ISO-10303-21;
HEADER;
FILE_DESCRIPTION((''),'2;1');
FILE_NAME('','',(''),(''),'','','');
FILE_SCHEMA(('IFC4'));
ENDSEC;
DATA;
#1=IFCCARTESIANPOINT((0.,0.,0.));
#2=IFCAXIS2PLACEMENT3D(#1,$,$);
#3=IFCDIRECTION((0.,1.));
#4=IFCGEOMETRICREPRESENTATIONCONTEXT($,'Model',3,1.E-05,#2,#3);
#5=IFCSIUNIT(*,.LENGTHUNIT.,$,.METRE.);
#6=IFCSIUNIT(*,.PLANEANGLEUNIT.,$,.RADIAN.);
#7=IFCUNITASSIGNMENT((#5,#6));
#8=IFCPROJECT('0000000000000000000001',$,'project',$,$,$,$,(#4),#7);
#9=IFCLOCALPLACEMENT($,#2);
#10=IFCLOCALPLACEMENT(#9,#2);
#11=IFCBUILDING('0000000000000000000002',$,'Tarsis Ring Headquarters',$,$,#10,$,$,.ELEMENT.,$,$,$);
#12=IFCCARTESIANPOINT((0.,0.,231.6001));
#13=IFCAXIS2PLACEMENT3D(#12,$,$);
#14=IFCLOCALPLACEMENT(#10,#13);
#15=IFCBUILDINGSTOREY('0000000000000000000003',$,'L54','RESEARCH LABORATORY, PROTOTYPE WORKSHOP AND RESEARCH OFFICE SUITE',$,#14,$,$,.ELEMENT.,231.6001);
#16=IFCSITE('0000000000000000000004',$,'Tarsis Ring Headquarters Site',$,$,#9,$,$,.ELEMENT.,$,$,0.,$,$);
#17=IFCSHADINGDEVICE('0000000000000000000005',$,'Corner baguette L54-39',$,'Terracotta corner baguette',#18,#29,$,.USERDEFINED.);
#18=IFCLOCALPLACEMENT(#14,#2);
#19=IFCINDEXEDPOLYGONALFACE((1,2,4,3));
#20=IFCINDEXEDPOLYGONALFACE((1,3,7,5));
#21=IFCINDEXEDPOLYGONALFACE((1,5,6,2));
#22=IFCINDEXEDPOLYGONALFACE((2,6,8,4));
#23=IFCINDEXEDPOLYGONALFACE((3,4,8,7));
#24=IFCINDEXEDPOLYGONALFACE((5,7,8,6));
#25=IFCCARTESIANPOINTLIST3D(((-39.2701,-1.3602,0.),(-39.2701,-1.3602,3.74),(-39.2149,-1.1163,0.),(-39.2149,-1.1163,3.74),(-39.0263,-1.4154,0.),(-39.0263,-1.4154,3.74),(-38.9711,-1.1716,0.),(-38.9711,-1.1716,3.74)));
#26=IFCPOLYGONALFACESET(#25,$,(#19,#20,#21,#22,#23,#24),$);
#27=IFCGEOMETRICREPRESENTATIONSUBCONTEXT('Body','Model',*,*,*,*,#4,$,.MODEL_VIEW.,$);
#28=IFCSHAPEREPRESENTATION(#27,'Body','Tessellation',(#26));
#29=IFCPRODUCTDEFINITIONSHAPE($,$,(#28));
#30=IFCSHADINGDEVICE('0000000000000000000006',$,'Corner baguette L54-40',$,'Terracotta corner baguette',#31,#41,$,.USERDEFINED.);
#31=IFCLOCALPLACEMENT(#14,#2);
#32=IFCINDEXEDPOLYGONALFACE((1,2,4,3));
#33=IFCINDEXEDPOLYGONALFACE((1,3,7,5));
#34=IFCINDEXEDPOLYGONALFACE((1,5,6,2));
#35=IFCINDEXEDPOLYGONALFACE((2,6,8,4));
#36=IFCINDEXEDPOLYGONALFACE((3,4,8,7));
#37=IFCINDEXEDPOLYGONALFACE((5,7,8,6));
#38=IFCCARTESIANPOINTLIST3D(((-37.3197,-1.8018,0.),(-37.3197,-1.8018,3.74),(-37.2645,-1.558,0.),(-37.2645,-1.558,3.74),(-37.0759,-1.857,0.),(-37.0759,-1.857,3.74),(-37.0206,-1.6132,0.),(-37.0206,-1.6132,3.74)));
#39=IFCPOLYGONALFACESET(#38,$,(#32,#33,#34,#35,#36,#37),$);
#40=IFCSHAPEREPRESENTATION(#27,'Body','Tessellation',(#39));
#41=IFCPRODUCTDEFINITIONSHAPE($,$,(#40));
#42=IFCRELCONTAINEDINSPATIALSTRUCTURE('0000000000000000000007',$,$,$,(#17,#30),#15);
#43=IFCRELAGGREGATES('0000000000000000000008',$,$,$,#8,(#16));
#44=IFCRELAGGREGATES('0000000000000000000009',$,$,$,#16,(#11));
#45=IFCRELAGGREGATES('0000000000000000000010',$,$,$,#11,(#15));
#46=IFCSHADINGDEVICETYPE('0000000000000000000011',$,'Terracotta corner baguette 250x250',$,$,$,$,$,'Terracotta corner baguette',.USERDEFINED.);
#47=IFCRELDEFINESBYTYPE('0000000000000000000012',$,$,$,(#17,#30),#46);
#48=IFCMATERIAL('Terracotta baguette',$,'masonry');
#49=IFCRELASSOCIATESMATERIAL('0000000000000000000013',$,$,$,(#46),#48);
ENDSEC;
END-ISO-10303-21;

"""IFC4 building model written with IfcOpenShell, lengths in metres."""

from ifc_helpers import new_model, si_unit, direction, frame, origin, origin_2d, place, context, subcontext, project, spatial, rectangle, extrude, material, type_object, element, save


model = new_model("IFC4")

# Units and contexts
model_context = context("Model", 3, precision=1e-05, world=origin(), true_north=direction((0.0, 1.0)))
body_context = subcontext(model_context, "Body", "Model", "MODEL_VIEW")
ifc_project = project(units=[si_unit("LENGTHUNIT", "METRE"), si_unit("PLANEANGLEUNIT", "RADIAN")], contexts=[model_context])

# Site, building, storey
site_placement = place(None, origin())
site = spatial("IfcSite", under=ifc_project, at=site_placement, Name="Tarsis Ring Headquarters Site", CompositionType="ELEMENT", RefElevation=0.0)
building_placement = place(site_placement, origin())
building = spatial("IfcBuilding", under=site, at=building_placement, Name="Tarsis Ring Headquarters", CompositionType="ELEMENT")
storey_placement = place(building_placement, frame((0.0, 0.0, 231.6001)))
storey = spatial("IfcBuildingStorey", under=building, at=storey_placement, Name="L54", Description="RESEARCH LABORATORY, PROTOTYPE WORKSHOP AND RESEARCH OFFICE SUITE", CompositionType="ELEMENT", Elevation=231.6001)

# Shading devices
ifc_material_1 = material(Name="Terracotta baguette", Category="masonry")
shading_device_type_1 = type_object("IfcShadingDeviceType", Name="Terracotta corner baguette 250x250", ElementType="Terracotta corner baguette", PredefinedType="USERDEFINED", material=ifc_material_1)
for number, where, z_axis, x_axis, name in (
    (1, (-39.1206, -1.2659, 0.0), (0.0, 0.0, 1.0), (-0.220868, -0.975304, 0.0), "Corner baguette L54-39"),
    (2, (-37.1702, -1.7075, 0.0), (0.0, 0.0, 1.0), (0.975304, -0.220868, 0.0), "Corner baguette L54-40"),
):
    element("IfcShadingDevice", number, at=place(storey_placement, frame(where, z_axis=z_axis, x_axis=x_axis)), inside=storey, type_object=shading_device_type_1, Name=name, ObjectType="Terracotta corner baguette", PredefinedType="USERDEFINED", context=body_context, shape_type="SweptSolid", body=[
        extrude(rectangle(XDim=0.25, YDim=0.25, at=origin_2d()), origin(), (0.0, 0.0, 1.0), 3.74),
    ])

save(model, "model.ifc")
